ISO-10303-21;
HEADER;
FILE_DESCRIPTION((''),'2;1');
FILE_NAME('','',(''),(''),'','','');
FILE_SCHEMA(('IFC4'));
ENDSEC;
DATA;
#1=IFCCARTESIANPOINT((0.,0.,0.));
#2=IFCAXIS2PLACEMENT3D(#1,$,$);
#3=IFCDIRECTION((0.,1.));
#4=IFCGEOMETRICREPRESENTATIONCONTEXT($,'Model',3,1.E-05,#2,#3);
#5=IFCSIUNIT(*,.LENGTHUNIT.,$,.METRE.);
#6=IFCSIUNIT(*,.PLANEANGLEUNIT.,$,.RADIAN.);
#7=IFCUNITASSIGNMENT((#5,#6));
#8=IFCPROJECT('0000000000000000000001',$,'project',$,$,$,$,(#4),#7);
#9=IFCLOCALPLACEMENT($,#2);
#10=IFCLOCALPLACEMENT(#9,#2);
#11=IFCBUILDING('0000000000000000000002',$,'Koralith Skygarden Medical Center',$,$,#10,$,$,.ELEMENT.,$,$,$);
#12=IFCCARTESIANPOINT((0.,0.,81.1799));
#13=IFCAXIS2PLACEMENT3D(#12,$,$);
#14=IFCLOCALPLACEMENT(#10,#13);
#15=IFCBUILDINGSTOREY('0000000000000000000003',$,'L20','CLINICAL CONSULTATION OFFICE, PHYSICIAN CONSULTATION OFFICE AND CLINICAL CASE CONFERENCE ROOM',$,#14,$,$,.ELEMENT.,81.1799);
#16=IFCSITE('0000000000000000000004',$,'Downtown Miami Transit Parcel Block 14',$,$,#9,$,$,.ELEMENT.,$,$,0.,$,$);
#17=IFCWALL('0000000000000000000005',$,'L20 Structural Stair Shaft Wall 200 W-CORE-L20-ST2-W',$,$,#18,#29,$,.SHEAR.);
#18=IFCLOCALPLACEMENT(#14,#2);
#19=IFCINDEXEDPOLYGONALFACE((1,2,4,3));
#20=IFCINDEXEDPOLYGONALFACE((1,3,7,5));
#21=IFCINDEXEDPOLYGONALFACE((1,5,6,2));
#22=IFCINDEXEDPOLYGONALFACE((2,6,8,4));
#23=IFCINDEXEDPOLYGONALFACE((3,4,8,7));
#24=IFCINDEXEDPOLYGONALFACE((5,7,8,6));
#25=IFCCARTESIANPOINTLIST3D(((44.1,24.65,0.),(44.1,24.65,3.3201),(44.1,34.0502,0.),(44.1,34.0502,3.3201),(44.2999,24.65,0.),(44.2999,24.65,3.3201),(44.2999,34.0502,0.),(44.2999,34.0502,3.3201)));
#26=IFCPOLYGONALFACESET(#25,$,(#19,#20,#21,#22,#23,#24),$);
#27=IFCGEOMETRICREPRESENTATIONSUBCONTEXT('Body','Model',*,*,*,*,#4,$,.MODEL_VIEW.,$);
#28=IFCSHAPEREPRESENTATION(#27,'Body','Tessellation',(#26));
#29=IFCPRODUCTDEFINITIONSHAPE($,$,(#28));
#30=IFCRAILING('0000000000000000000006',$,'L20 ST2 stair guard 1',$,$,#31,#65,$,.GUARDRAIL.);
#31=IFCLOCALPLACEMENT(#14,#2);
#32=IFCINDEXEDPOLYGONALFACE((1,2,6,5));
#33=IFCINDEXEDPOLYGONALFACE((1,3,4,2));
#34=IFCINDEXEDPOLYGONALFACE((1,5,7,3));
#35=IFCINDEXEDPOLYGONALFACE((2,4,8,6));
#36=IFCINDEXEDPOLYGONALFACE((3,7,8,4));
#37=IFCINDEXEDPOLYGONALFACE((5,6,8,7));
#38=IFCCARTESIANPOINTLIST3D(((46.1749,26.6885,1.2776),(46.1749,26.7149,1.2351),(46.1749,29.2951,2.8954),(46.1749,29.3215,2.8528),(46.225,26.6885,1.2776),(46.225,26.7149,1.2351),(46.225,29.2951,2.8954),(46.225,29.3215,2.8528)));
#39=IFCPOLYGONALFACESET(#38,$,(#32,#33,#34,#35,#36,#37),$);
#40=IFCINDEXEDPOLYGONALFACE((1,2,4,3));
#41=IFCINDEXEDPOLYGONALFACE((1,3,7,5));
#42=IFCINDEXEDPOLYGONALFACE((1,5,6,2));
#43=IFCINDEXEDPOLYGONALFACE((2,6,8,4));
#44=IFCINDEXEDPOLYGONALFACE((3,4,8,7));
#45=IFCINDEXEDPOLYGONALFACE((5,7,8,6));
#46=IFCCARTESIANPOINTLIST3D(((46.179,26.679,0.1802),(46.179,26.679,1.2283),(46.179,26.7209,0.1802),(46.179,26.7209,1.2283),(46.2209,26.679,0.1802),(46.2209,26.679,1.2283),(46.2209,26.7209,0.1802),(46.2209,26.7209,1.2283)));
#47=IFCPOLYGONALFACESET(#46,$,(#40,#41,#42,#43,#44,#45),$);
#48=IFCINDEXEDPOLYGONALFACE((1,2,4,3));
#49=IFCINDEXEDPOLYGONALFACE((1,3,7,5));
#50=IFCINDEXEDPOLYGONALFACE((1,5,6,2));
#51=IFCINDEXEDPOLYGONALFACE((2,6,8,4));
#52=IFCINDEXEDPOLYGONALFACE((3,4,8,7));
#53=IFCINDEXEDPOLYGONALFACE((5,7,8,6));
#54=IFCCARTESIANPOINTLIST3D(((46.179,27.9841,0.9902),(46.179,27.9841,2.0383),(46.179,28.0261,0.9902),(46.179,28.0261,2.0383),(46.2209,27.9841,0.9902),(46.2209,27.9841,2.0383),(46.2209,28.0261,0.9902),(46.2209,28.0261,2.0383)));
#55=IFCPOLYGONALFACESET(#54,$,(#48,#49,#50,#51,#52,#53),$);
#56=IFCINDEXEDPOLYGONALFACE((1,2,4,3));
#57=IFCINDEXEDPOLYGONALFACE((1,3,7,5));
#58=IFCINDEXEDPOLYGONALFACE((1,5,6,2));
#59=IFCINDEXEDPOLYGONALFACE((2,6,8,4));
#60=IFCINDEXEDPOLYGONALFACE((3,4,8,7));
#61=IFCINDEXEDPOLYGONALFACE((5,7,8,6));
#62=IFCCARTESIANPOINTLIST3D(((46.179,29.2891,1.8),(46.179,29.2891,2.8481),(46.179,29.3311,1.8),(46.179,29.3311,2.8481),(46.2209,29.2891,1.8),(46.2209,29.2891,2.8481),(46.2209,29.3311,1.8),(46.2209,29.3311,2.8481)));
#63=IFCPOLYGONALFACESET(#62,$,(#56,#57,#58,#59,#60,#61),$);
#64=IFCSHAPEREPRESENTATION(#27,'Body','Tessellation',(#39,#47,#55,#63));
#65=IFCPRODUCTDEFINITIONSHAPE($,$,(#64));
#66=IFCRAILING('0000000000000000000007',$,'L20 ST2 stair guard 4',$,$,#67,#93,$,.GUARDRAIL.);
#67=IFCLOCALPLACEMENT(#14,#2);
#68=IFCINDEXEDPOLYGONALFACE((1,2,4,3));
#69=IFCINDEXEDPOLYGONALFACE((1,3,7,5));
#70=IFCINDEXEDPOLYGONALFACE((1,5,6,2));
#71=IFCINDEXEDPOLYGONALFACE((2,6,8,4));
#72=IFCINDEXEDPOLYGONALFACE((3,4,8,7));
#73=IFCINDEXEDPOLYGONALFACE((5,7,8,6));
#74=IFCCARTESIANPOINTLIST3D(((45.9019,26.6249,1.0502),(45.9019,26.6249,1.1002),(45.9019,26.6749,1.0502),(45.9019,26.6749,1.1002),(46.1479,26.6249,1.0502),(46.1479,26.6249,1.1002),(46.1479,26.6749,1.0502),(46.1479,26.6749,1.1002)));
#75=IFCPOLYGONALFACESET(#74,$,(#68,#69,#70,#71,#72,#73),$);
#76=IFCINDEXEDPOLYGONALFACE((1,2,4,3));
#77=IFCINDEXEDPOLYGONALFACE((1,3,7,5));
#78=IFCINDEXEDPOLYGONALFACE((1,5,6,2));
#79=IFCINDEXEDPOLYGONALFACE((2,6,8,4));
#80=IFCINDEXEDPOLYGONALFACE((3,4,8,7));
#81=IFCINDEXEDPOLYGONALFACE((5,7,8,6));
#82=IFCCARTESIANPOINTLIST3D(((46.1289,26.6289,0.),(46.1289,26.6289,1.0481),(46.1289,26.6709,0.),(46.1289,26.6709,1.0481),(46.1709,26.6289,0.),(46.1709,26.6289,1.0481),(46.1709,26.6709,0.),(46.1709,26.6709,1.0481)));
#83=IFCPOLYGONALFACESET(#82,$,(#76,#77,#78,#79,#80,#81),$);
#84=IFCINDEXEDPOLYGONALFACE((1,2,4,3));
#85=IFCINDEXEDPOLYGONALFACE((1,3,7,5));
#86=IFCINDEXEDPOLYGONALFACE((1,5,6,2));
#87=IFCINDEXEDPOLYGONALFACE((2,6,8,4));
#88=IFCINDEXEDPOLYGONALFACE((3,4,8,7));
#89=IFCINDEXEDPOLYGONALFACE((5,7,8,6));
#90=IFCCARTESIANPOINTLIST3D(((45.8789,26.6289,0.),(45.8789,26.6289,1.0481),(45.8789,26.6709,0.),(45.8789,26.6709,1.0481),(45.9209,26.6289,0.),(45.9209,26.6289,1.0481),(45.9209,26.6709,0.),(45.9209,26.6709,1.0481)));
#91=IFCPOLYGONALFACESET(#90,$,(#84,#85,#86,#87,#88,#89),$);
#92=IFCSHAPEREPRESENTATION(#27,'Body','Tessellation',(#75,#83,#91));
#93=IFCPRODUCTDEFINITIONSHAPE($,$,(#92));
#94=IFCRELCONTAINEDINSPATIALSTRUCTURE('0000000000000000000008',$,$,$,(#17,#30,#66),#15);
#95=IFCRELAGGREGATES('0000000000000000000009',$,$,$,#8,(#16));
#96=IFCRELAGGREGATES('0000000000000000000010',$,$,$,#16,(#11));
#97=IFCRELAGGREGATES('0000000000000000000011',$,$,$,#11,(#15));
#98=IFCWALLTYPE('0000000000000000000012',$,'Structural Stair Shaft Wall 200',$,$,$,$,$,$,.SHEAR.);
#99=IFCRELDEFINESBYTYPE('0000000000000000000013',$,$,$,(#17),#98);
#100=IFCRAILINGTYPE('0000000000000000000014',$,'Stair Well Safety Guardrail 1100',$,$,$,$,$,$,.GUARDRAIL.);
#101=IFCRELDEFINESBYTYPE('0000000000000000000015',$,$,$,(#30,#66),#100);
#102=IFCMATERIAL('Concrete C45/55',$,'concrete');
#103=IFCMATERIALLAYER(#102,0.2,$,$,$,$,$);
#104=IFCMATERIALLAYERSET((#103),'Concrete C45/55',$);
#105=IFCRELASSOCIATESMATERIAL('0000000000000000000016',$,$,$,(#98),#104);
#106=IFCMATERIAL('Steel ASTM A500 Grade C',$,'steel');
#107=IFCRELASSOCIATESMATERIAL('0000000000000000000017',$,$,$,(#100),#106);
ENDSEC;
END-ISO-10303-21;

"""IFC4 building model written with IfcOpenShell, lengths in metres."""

from ifc_helpers import new_model, si_unit, direction, frame, frame_2d, origin, origin_2d, place, context, subcontext, project, spatial, rectangle, extrude, material, layer, layer_set, type_object, element, save


model = new_model("IFC4")

# Units and contexts
model_context = context("Model", 3, precision=1e-05, world=origin(), true_north=direction((0.0, 1.0)))
body_context = subcontext(model_context, "Body", "Model", "MODEL_VIEW")
ifc_project = project(units=[si_unit("LENGTHUNIT", "METRE"), si_unit("PLANEANGLEUNIT", "RADIAN")], contexts=[model_context])

# Site, building, storey
site_placement = place(None, origin())
site = spatial("IfcSite", under=ifc_project, at=site_placement, Name="Downtown Miami Transit Parcel Block 14", CompositionType="ELEMENT", RefElevation=0.0)
building_placement = place(site_placement, origin())
building = spatial("IfcBuilding", under=site, at=building_placement, Name="Koralith Skygarden Medical Center", CompositionType="ELEMENT")
storey_placement = place(building_placement, frame((0.0, 0.0, 81.1799)))
storey = spatial("IfcBuildingStorey", under=building, at=storey_placement, Name="L20", Description="CLINICAL CONSULTATION OFFICE, PHYSICIAN CONSULTATION OFFICE AND CLINICAL CASE CONFERENCE ROOM", CompositionType="ELEMENT", Elevation=81.1799)

# Shared definitions
ifc_material_1 = material(Name="Concrete C45/55", Category="concrete")

# Shared definitions
ifc_material_2 = material(Name="Steel ASTM A500 Grade C", Category="steel")

# Wall
ifc_layer_1 = layer(ifc_material_1, 0.2)
ifc_layer_set_1 = layer_set([ifc_layer_1], Name="Concrete C45/55")
wall_type_1 = type_object("IfcWallType", Name="Structural Stair Shaft Wall 200", PredefinedType="SHEAR", material=ifc_layer_set_1)
wall_1_placement = place(storey_placement, frame((44.2, 24.6499, 0.0), z_axis=(0.0, 0.0, 1.0), x_axis=(0.0, 1.0, 0.0)))
element("IfcWall", 1, at=wall_1_placement, inside=storey, type_object=wall_type_1, Name="L20 Structural Stair Shaft Wall 200 W-CORE-L20-ST2-W", PredefinedType="SHEAR", context=body_context, shape_type="SweptSolid", body=[
    extrude(rectangle(XDim=9.4001, YDim=0.2, at=frame_2d((4.7002, 0.0))), origin(), (0.0, 0.0, 1.0), 3.3201),
])

# Railings
railing_type = type_object("IfcRailingType", Name="Stair Well Safety Guardrail 1100", PredefinedType="GUARDRAIL", material=ifc_material_2)
railing_1_placement = place(storey_placement, frame((46.2, 26.7, 0.1802)))
element("IfcRailing", 2, at=railing_1_placement, inside=storey, type_object=railing_type, Name="L20 ST2 stair guard 1", PredefinedType="GUARDRAIL", context=body_context, shape_type="SweptSolid", body=[
    extrude(rectangle(XDim=0.05, YDim=0.05, at=origin_2d()), frame((0.0, 0.0017, 1.0762), z_axis=(0.0, 0.849668, 0.527317), x_axis=(-1.0, 0.0, 0.0)), (0.0, 0.0, 1.0), 3.0679),
    extrude(rectangle(XDim=0.042, YDim=0.042, at=origin_2d()), origin(), (0.0, 0.0, 1.0), 1.0481),
    extrude(rectangle(XDim=0.042, YDim=0.042, at=origin_2d()), frame((0.0, 1.3052, 0.8101)), (0.0, 0.0, 1.0), 1.0481),
    extrude(rectangle(XDim=0.042, YDim=0.042, at=origin_2d()), frame((0.0, 2.6101, 1.6199)), (0.0, 0.0, 1.0), 1.0481),
])
railing_2_placement = place(storey_placement, frame((46.1499, 26.6499, 0.0)))
element("IfcRailing", 3, at=railing_2_placement, inside=storey, type_object=railing_type, Name="L20 ST2 stair guard 4", PredefinedType="GUARDRAIL", context=body_context, shape_type="SweptSolid", body=[
    extrude(rectangle(XDim=0.05, YDim=0.05, at=origin_2d()), frame((-0.002, 0.0, 1.0752), z_axis=(-1.0, 0.0, 0.0), x_axis=(0.0, -1.0, 0.0)), (0.0, 0.0, 1.0), 0.2461),
    extrude(rectangle(XDim=0.042, YDim=0.042, at=origin_2d()), origin(), (0.0, 0.0, 1.0), 1.0481),
    extrude(rectangle(XDim=0.042, YDim=0.042, at=origin_2d()), frame((-0.25, 0.0, 0.0)), (0.0, 0.0, 1.0), 1.0481),
])

save(model, "model.ifc")
